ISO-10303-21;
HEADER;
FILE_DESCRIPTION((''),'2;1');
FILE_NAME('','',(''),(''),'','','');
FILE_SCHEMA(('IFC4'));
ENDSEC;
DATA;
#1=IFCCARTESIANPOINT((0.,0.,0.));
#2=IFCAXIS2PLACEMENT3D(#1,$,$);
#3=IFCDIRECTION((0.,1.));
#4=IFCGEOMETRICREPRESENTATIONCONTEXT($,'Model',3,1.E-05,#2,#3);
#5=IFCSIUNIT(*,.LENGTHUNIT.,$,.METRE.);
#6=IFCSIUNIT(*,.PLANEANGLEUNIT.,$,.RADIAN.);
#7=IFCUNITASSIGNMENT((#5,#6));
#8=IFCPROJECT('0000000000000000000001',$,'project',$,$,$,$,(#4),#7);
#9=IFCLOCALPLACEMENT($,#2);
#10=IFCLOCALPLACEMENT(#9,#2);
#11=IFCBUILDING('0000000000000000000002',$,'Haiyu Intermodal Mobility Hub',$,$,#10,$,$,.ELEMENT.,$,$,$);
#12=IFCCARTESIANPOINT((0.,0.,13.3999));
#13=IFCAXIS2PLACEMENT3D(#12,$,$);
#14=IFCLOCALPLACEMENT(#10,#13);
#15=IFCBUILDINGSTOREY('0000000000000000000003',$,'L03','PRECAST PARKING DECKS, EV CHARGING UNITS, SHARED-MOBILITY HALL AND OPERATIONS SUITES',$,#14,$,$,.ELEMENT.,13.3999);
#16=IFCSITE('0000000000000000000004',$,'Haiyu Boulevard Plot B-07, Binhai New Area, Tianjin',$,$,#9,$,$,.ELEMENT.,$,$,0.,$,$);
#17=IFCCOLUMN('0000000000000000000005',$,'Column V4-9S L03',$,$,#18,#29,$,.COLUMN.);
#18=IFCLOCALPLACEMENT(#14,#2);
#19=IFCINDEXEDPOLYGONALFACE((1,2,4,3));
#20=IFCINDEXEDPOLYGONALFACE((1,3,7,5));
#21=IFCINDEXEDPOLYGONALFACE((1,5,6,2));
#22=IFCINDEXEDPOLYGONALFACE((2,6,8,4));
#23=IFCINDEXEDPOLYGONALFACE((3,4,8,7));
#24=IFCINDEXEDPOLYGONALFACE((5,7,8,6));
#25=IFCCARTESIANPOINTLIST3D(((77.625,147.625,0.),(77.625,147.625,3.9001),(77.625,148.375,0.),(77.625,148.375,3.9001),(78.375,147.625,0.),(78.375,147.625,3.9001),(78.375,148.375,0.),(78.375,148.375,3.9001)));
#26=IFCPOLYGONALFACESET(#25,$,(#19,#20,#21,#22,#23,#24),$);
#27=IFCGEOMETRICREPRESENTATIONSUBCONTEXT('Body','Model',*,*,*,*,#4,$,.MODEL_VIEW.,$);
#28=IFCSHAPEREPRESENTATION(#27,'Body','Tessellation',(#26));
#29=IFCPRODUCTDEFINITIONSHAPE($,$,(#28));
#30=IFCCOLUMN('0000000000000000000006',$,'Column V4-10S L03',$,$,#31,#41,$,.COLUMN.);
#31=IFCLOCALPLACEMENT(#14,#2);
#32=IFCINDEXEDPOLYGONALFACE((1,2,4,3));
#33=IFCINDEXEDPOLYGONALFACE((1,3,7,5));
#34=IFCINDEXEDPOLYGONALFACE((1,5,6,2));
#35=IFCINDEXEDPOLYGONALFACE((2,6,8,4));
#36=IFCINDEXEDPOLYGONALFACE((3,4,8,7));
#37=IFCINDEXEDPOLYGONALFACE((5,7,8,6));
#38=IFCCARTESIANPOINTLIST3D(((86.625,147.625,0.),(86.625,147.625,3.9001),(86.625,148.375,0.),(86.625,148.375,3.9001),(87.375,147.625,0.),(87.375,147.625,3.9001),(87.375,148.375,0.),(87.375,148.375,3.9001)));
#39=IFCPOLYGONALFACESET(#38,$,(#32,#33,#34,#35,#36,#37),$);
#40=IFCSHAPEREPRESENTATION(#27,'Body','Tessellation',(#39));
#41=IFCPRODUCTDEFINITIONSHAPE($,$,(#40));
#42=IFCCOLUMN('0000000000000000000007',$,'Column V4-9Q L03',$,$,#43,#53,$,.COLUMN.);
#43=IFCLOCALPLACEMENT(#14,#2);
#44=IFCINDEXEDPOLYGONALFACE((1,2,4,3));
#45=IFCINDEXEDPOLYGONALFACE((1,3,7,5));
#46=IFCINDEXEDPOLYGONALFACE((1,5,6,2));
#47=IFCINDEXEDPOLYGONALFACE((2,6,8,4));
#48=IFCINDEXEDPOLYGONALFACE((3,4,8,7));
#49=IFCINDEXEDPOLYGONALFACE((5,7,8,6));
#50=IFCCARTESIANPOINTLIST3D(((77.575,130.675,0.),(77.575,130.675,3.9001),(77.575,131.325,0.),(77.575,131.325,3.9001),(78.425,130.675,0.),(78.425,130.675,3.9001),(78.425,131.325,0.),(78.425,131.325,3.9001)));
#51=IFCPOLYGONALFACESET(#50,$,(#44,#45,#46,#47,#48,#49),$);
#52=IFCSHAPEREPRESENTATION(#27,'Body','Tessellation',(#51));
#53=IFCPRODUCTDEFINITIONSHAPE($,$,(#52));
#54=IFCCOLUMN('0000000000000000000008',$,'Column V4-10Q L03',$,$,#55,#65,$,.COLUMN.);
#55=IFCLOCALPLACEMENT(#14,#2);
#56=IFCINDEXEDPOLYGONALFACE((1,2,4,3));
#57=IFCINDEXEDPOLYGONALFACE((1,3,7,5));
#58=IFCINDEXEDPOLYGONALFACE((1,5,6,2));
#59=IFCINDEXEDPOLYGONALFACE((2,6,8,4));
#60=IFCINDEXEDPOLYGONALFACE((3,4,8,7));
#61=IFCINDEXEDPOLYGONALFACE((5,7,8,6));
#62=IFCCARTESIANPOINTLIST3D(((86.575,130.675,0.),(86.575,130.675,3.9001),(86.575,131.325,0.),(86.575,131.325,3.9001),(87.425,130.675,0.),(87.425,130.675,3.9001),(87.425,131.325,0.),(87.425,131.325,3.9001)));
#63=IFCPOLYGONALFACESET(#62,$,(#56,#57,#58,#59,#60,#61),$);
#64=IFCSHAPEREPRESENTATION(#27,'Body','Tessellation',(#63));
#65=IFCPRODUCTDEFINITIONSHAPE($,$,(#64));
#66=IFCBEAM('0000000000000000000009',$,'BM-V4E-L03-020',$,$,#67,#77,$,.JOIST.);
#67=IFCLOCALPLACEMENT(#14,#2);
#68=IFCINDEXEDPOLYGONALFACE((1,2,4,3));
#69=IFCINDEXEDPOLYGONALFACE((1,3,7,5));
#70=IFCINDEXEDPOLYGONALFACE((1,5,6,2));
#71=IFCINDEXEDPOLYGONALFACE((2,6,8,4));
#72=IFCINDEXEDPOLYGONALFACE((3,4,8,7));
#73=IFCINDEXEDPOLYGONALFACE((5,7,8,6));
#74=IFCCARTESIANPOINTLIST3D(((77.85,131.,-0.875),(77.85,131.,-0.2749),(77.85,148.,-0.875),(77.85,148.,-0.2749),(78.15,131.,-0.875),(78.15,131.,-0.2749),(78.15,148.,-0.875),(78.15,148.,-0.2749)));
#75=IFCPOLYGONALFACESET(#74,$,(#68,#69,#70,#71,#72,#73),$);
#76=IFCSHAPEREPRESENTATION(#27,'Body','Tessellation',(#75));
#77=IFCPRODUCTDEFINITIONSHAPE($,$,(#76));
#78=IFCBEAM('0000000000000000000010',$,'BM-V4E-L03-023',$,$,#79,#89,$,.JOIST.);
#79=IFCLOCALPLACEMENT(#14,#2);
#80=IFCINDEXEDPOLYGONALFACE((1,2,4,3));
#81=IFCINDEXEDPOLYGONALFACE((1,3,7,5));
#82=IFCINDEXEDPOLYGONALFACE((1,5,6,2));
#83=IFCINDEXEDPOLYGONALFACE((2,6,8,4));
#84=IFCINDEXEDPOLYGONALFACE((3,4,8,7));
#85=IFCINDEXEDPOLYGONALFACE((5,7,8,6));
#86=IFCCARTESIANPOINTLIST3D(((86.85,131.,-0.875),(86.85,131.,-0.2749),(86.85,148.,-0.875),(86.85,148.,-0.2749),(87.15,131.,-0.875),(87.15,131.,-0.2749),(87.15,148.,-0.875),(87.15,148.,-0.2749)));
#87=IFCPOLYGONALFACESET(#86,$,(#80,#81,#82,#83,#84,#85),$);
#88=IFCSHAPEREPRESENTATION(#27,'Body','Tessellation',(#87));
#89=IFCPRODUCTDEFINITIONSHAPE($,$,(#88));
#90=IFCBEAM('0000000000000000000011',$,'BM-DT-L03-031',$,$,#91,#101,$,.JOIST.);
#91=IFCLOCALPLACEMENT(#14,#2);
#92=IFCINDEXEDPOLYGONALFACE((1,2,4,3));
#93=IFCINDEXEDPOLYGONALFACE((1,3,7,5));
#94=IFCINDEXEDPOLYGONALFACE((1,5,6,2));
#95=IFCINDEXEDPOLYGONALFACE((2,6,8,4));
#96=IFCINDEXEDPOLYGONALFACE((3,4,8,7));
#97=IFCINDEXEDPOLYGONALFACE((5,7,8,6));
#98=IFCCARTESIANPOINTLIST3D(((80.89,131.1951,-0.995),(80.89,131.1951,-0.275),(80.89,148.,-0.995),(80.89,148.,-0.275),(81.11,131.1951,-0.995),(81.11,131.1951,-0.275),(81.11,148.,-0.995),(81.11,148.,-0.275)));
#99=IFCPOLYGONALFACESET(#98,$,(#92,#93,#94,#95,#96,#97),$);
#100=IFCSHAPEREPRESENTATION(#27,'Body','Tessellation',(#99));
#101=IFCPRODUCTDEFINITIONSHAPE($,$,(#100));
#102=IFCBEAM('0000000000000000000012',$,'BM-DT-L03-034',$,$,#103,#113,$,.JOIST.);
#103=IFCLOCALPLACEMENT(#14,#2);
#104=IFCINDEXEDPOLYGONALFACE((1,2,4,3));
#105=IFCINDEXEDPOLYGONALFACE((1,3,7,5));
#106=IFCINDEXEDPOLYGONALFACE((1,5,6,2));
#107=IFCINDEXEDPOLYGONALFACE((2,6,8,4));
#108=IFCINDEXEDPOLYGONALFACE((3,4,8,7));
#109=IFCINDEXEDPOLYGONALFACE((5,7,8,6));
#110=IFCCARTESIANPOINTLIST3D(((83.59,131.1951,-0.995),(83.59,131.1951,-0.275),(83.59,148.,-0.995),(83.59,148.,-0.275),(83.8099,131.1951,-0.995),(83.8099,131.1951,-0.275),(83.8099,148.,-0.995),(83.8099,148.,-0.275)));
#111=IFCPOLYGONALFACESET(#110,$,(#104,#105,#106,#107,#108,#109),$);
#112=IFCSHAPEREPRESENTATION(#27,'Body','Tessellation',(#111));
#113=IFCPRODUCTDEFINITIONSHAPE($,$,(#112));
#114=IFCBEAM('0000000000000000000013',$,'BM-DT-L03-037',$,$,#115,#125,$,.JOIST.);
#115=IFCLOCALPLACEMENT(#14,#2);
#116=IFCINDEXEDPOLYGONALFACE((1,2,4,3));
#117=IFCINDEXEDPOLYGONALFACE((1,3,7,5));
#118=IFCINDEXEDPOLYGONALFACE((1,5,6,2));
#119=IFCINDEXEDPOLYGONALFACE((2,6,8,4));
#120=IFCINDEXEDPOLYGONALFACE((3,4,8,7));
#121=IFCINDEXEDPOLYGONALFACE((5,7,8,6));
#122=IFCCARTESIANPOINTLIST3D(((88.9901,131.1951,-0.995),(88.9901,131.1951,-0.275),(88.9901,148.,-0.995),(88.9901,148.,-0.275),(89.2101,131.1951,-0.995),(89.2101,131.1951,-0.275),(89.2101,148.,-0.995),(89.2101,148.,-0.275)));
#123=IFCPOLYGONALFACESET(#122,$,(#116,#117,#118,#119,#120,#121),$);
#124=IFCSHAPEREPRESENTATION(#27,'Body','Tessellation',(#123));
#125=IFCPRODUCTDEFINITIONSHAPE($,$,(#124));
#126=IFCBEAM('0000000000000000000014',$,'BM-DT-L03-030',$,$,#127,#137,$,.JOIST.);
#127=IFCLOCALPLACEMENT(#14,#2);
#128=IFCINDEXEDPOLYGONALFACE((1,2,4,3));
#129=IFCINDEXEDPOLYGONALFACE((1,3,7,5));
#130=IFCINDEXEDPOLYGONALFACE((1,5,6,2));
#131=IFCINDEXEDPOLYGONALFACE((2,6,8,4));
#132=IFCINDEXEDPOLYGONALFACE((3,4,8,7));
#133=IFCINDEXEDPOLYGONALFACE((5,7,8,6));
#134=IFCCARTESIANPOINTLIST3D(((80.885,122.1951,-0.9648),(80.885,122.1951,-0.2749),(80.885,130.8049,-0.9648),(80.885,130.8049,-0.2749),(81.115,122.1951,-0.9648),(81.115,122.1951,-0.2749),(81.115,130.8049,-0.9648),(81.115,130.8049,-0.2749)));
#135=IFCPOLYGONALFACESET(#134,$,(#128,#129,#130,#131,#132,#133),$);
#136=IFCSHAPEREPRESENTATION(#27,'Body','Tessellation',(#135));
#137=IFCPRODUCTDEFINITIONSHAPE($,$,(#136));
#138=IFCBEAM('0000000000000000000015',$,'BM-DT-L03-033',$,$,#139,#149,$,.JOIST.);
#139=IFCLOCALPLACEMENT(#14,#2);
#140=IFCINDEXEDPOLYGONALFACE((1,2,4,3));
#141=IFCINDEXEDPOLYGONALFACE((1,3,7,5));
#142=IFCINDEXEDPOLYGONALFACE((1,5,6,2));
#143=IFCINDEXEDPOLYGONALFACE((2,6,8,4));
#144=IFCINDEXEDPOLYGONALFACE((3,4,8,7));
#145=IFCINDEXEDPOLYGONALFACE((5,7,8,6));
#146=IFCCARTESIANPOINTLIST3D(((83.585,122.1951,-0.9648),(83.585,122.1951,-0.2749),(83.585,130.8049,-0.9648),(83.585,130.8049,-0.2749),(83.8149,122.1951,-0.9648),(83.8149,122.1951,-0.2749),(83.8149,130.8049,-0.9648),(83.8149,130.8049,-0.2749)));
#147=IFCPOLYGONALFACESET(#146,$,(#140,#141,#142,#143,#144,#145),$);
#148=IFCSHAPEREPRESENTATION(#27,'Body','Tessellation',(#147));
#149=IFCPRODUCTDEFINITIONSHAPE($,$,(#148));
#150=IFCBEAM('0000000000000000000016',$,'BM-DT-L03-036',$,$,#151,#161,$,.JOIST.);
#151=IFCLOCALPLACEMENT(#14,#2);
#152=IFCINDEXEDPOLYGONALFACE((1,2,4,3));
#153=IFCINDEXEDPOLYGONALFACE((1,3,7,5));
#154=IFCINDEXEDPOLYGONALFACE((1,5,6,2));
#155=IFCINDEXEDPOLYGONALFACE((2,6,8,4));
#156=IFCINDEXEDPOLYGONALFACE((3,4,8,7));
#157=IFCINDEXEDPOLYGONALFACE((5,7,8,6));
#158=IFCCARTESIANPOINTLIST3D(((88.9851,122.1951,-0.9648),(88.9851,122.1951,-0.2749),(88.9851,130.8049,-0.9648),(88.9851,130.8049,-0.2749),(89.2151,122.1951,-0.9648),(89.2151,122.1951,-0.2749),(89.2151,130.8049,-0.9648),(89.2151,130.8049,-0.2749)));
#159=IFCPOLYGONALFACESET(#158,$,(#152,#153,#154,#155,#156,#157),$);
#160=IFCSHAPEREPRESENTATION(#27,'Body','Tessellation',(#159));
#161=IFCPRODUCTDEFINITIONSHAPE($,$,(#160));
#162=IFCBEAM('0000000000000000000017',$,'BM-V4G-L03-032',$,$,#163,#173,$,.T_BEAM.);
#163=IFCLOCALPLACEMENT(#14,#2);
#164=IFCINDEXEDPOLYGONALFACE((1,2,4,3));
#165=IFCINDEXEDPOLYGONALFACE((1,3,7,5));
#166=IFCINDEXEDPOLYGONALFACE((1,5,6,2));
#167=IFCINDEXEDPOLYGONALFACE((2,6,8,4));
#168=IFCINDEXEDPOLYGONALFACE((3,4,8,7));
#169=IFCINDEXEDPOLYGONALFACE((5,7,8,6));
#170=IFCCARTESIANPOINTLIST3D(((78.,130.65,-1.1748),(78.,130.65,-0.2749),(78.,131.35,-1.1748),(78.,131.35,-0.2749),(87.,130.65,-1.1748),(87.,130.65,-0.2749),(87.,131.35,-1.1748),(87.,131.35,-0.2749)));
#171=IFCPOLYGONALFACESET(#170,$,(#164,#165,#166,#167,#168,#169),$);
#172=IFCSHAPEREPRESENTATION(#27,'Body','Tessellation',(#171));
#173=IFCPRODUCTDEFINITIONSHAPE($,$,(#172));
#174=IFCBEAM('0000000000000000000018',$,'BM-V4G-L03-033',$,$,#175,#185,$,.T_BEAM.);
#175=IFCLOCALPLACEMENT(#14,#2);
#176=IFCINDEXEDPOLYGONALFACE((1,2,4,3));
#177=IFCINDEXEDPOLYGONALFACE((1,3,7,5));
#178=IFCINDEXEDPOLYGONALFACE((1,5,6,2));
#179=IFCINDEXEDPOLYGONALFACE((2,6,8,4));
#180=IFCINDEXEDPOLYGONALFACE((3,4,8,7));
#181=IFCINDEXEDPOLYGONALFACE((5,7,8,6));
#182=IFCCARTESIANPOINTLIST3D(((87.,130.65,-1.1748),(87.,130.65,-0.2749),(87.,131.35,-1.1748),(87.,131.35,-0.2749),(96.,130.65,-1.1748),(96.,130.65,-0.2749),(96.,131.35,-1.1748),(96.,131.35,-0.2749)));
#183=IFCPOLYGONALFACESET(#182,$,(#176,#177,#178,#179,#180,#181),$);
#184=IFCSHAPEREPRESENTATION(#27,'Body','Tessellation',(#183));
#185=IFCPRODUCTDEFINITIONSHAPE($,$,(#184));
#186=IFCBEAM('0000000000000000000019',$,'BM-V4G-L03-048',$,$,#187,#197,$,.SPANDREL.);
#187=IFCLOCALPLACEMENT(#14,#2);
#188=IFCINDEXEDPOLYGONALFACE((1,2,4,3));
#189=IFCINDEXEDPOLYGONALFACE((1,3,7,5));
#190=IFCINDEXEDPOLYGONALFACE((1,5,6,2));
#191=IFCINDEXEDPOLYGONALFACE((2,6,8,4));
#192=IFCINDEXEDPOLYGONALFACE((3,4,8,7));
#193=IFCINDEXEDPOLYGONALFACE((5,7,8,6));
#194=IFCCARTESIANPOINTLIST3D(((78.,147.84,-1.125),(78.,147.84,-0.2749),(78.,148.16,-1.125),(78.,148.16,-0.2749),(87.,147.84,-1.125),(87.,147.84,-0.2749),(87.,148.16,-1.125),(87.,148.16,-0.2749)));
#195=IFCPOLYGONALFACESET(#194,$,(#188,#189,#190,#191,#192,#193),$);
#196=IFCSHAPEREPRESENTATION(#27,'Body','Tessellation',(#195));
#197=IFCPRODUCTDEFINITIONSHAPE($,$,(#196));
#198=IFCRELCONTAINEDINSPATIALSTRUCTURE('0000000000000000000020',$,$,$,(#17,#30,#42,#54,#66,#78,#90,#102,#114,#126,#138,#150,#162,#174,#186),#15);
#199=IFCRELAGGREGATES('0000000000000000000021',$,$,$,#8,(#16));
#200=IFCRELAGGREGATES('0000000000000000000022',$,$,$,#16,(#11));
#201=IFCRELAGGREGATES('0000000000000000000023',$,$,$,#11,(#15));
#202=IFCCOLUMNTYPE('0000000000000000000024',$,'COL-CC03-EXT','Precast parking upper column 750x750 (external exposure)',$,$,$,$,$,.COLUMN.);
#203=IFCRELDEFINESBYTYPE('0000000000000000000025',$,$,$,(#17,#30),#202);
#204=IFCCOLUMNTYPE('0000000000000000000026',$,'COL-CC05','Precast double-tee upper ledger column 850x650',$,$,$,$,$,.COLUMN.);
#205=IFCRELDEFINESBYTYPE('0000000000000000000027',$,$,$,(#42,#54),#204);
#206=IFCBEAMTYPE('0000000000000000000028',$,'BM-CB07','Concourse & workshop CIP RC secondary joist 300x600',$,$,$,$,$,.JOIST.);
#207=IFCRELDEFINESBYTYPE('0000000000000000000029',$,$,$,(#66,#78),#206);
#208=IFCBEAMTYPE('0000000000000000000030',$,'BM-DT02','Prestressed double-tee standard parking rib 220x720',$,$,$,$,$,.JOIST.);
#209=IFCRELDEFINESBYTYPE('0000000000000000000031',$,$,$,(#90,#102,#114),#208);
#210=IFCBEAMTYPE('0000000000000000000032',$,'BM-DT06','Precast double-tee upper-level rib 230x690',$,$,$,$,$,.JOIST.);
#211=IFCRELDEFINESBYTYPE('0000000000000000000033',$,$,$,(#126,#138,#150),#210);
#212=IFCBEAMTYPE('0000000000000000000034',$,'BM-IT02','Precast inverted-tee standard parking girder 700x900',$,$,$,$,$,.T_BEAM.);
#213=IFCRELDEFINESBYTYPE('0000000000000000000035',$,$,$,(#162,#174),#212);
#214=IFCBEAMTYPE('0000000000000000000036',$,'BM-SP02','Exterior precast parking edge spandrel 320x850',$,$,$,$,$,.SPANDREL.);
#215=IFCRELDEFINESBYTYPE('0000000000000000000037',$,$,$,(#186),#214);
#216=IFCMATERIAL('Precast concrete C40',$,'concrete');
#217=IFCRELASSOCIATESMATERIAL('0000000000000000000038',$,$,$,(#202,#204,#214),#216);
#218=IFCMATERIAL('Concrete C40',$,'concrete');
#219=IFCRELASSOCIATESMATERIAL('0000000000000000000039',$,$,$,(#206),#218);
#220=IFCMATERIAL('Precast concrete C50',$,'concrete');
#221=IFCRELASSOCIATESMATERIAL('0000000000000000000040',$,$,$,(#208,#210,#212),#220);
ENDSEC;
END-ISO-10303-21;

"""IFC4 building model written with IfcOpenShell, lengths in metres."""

from ifc_helpers import new_model, si_unit, direction, frame, origin, origin_2d, place, context, subcontext, project, spatial, rectangle, extrude, material, material_profile, profile_set, type_object, element, save


model = new_model("IFC4")

# Units and contexts
model_context = context("Model", 3, precision=1e-05, world=origin(), true_north=direction((0.0, 1.0)))
body_context = subcontext(model_context, "Body", "Model", "MODEL_VIEW")
ifc_project = project(units=[si_unit("LENGTHUNIT", "METRE"), si_unit("PLANEANGLEUNIT", "RADIAN")], contexts=[model_context])

# Site, building, storey
site_placement = place(None, origin())
site = spatial("IfcSite", under=ifc_project, at=site_placement, Name="Haiyu Boulevard Plot B-07, Binhai New Area, Tianjin", CompositionType="ELEMENT", RefElevation=0.0)
building_placement = place(site_placement, origin())
building = spatial("IfcBuilding", under=site, at=building_placement, Name="Haiyu Intermodal Mobility Hub", CompositionType="ELEMENT")
storey_placement = place(building_placement, frame((0.0, 0.0, 13.3999)))
storey = spatial("IfcBuildingStorey", under=building, at=storey_placement, Name="L03", Description="PRECAST PARKING DECKS, EV CHARGING UNITS, SHARED-MOBILITY HALL AND OPERATIONS SUITES", CompositionType="ELEMENT", Elevation=13.3999)

# Columns
ifc_material_1 = material(Name="Precast concrete C40", Category="concrete")
ifc_material_profile_1 = material_profile(ifc_material_1, rectangle(XDim=0.75, YDim=0.75, at=origin_2d()), Name="RC750x750")
ifc_profile_set_1 = profile_set([ifc_material_profile_1], Name="Precast concrete C40")
column_type_1 = type_object("IfcColumnType", Name="COL-CC03-EXT", Description="Precast parking upper column 750x750 (external exposure)", PredefinedType="COLUMN", material=ifc_profile_set_1)
for number, where, z_axis, x_axis, name in (
    (1, (78.0, 148.0, 0.0), (0.0, 0.0, 1.0), (1.0, 0.0, 0.0), "Column V4-9S L03"),
    (2, (87.0, 148.0, 0.0), (0.0, 0.0, 1.0), (1.0, 0.0, 0.0), "Column V4-10S L03"),
):
    element("IfcColumn", number, at=place(storey_placement, frame(where, z_axis=z_axis, x_axis=x_axis)), inside=storey, type_object=column_type_1, Name=name, PredefinedType="COLUMN", context=body_context, shape_type="SweptSolid", body=[
        extrude(rectangle(XDim=0.75, YDim=0.75, at=origin_2d()), origin(), (0.0, 0.0, 1.0), 3.9001),
    ])
ifc_material_profile_2 = material_profile(ifc_material_1, rectangle(XDim=0.8501, YDim=0.6499, at=origin_2d()), Name="RC850x650")
ifc_profile_set_2 = profile_set([ifc_material_profile_2], Name="Precast concrete C40")
column_type_2 = type_object("IfcColumnType", Name="COL-CC05", Description="Precast double-tee upper ledger column 850x650", PredefinedType="COLUMN", material=ifc_profile_set_2)
for number, where, z_axis, x_axis, name in (
    (3, (78.0, 131.0, 0.0), (0.0, 0.0, 1.0), (1.0, 0.0, 0.0), "Column V4-9Q L03"),
    (4, (87.0, 131.0, 0.0), (0.0, 0.0, 1.0), (1.0, 0.0, 0.0), "Column V4-10Q L03"),
):
    element("IfcColumn", number, at=place(storey_placement, frame(where, z_axis=z_axis, x_axis=x_axis)), inside=storey, type_object=column_type_2, Name=name, PredefinedType="COLUMN", context=body_context, shape_type="SweptSolid", body=[
        extrude(rectangle(XDim=0.8501, YDim=0.6499, at=origin_2d()), origin(), (0.0, 0.0, 1.0), 3.9001),
    ])

# Beams
ifc_material_2 = material(Name="Concrete C40", Category="concrete")
ifc_material_profile_3 = material_profile(ifc_material_2, rectangle(XDim=0.3, YDim=0.6001, at=origin_2d()), Name="RCB300x600")
ifc_profile_set_3 = profile_set([ifc_material_profile_3], Name="Concrete C40")
beam_type_1 = type_object("IfcBeamType", Name="BM-CB07", Description="Concourse & workshop CIP RC secondary joist 300x600", PredefinedType="JOIST", material=ifc_profile_set_3)
for number, where, z_axis, x_axis, name in (
    (5, (78.0, 131.0, -0.575), (0.0, 1.0, 0.0), (-1.0, 0.0, 0.0), "BM-V4E-L03-020"),
    (6, (87.0, 131.0, -0.575), (0.0, 1.0, 0.0), (-1.0, 0.0, 0.0), "BM-V4E-L03-023"),
):
    element("IfcBeam", number, at=place(storey_placement, frame(where, z_axis=z_axis, x_axis=x_axis)), inside=storey, type_object=beam_type_1, Name=name, PredefinedType="JOIST", context=body_context, shape_type="SweptSolid", body=[
        extrude(rectangle(XDim=0.3, YDim=0.6001, at=origin_2d()), origin(), (0.0, 0.0, 1.0), 17.0),
    ])
ifc_material_3 = material(Name="Precast concrete C50", Category="concrete")
ifc_material_profile_4 = material_profile(ifc_material_3, rectangle(XDim=0.22, YDim=0.72, at=origin_2d()), Name="PC220x720")
ifc_profile_set_4 = profile_set([ifc_material_profile_4], Name="Precast concrete C50")
beam_type_2 = type_object("IfcBeamType", Name="BM-DT02", Description="Prestressed double-tee standard parking rib 220x720", PredefinedType="JOIST", material=ifc_profile_set_4)
for number, where, z_axis, x_axis, name in (
    (7, (81.0, 131.1951, -0.635), (0.0, 1.0, 0.0), (-1.0, 0.0, 0.0), "BM-DT-L03-031"),
    (8, (83.7, 131.1951, -0.635), (0.0, 1.0, 0.0), (-1.0, 0.0, 0.0), "BM-DT-L03-034"),
    (9, (89.1001, 131.1951, -0.635), (0.0, 1.0, 0.0), (-1.0, 0.0, 0.0), "BM-DT-L03-037"),
):
    element("IfcBeam", number, at=place(storey_placement, frame(where, z_axis=z_axis, x_axis=x_axis)), inside=storey, type_object=beam_type_2, Name=name, PredefinedType="JOIST", context=body_context, shape_type="SweptSolid", body=[
        extrude(rectangle(XDim=0.22, YDim=0.72, at=origin_2d()), origin(), (0.0, 0.0, 1.0), 16.8049),
    ])
ifc_material_profile_5 = material_profile(ifc_material_3, rectangle(XDim=0.23, YDim=0.6899, at=origin_2d()), Name="B230x690")
ifc_profile_set_5 = profile_set([ifc_material_profile_5], Name="Precast concrete C50")
beam_type_3 = type_object("IfcBeamType", Name="BM-DT06", Description="Precast double-tee upper-level rib 230x690", PredefinedType="JOIST", material=ifc_profile_set_5)
for number, where, z_axis, x_axis, name in (
    (10, (81.0, 122.1951, -0.6199), (0.0, 1.0, 0.0), (-1.0, 0.0, 0.0), "BM-DT-L03-030"),
    (11, (83.7, 122.1951, -0.6199), (0.0, 1.0, 0.0), (-1.0, 0.0, 0.0), "BM-DT-L03-033"),
    (12, (89.1001, 122.1951, -0.6199), (0.0, 1.0, 0.0), (-1.0, 0.0, 0.0), "BM-DT-L03-036"),
):
    element("IfcBeam", number, at=place(storey_placement, frame(where, z_axis=z_axis, x_axis=x_axis)), inside=storey, type_object=beam_type_3, Name=name, PredefinedType="JOIST", context=body_context, shape_type="SweptSolid", body=[
        extrude(rectangle(XDim=0.23, YDim=0.6899, at=origin_2d()), origin(), (0.0, 0.0, 1.0), 8.6099),
    ])
ifc_material_profile_6 = material_profile(ifc_material_3, rectangle(XDim=0.7, YDim=0.8999, at=origin_2d()), Name="PC700x900")
ifc_profile_set_6 = profile_set([ifc_material_profile_6], Name="Precast concrete C50")
beam_type_4 = type_object("IfcBeamType", Name="BM-IT02", Description="Precast inverted-tee standard parking girder 700x900", PredefinedType="T_BEAM", material=ifc_profile_set_6)
for number, where, z_axis, x_axis, name in (
    (13, (78.0, 131.0, -0.7249), (1.0, 0.0, 0.0), (0.0, 1.0, 0.0), "BM-V4G-L03-032"),
    (14, (87.0, 131.0, -0.7249), (1.0, 0.0, 0.0), (0.0, 1.0, 0.0), "BM-V4G-L03-033"),
):
    element("IfcBeam", number, at=place(storey_placement, frame(where, z_axis=z_axis, x_axis=x_axis)), inside=storey, type_object=beam_type_4, Name=name, PredefinedType="T_BEAM", context=body_context, shape_type="SweptSolid", body=[
        extrude(rectangle(XDim=0.7, YDim=0.8999, at=origin_2d()), origin(), (0.0, 0.0, 1.0), 9.0),
    ])
ifc_material_profile_7 = material_profile(ifc_material_1, rectangle(XDim=0.3201, YDim=0.8501, at=origin_2d()), Name="PC320x850")
ifc_profile_set_7 = profile_set([ifc_material_profile_7], Name="Precast concrete C40")
beam_type_5 = type_object("IfcBeamType", Name="BM-SP02", Description="Exterior precast parking edge spandrel 320x850", PredefinedType="SPANDREL", material=ifc_profile_set_7)
for number, where, z_axis, x_axis, name in (
    (15, (78.0, 148.0, -0.7), (1.0, 0.0, 0.0), (0.0, 1.0, 0.0), "BM-V4G-L03-048"),
):
    element("IfcBeam", number, at=place(storey_placement, frame(where, z_axis=z_axis, x_axis=x_axis)), inside=storey, type_object=beam_type_5, Name=name, PredefinedType="SPANDREL", context=body_context, shape_type="SweptSolid", body=[
        extrude(rectangle(XDim=0.3201, YDim=0.8501, at=origin_2d()), origin(), (0.0, 0.0, 1.0), 9.0),
    ])

save(model, "model.ifc")
